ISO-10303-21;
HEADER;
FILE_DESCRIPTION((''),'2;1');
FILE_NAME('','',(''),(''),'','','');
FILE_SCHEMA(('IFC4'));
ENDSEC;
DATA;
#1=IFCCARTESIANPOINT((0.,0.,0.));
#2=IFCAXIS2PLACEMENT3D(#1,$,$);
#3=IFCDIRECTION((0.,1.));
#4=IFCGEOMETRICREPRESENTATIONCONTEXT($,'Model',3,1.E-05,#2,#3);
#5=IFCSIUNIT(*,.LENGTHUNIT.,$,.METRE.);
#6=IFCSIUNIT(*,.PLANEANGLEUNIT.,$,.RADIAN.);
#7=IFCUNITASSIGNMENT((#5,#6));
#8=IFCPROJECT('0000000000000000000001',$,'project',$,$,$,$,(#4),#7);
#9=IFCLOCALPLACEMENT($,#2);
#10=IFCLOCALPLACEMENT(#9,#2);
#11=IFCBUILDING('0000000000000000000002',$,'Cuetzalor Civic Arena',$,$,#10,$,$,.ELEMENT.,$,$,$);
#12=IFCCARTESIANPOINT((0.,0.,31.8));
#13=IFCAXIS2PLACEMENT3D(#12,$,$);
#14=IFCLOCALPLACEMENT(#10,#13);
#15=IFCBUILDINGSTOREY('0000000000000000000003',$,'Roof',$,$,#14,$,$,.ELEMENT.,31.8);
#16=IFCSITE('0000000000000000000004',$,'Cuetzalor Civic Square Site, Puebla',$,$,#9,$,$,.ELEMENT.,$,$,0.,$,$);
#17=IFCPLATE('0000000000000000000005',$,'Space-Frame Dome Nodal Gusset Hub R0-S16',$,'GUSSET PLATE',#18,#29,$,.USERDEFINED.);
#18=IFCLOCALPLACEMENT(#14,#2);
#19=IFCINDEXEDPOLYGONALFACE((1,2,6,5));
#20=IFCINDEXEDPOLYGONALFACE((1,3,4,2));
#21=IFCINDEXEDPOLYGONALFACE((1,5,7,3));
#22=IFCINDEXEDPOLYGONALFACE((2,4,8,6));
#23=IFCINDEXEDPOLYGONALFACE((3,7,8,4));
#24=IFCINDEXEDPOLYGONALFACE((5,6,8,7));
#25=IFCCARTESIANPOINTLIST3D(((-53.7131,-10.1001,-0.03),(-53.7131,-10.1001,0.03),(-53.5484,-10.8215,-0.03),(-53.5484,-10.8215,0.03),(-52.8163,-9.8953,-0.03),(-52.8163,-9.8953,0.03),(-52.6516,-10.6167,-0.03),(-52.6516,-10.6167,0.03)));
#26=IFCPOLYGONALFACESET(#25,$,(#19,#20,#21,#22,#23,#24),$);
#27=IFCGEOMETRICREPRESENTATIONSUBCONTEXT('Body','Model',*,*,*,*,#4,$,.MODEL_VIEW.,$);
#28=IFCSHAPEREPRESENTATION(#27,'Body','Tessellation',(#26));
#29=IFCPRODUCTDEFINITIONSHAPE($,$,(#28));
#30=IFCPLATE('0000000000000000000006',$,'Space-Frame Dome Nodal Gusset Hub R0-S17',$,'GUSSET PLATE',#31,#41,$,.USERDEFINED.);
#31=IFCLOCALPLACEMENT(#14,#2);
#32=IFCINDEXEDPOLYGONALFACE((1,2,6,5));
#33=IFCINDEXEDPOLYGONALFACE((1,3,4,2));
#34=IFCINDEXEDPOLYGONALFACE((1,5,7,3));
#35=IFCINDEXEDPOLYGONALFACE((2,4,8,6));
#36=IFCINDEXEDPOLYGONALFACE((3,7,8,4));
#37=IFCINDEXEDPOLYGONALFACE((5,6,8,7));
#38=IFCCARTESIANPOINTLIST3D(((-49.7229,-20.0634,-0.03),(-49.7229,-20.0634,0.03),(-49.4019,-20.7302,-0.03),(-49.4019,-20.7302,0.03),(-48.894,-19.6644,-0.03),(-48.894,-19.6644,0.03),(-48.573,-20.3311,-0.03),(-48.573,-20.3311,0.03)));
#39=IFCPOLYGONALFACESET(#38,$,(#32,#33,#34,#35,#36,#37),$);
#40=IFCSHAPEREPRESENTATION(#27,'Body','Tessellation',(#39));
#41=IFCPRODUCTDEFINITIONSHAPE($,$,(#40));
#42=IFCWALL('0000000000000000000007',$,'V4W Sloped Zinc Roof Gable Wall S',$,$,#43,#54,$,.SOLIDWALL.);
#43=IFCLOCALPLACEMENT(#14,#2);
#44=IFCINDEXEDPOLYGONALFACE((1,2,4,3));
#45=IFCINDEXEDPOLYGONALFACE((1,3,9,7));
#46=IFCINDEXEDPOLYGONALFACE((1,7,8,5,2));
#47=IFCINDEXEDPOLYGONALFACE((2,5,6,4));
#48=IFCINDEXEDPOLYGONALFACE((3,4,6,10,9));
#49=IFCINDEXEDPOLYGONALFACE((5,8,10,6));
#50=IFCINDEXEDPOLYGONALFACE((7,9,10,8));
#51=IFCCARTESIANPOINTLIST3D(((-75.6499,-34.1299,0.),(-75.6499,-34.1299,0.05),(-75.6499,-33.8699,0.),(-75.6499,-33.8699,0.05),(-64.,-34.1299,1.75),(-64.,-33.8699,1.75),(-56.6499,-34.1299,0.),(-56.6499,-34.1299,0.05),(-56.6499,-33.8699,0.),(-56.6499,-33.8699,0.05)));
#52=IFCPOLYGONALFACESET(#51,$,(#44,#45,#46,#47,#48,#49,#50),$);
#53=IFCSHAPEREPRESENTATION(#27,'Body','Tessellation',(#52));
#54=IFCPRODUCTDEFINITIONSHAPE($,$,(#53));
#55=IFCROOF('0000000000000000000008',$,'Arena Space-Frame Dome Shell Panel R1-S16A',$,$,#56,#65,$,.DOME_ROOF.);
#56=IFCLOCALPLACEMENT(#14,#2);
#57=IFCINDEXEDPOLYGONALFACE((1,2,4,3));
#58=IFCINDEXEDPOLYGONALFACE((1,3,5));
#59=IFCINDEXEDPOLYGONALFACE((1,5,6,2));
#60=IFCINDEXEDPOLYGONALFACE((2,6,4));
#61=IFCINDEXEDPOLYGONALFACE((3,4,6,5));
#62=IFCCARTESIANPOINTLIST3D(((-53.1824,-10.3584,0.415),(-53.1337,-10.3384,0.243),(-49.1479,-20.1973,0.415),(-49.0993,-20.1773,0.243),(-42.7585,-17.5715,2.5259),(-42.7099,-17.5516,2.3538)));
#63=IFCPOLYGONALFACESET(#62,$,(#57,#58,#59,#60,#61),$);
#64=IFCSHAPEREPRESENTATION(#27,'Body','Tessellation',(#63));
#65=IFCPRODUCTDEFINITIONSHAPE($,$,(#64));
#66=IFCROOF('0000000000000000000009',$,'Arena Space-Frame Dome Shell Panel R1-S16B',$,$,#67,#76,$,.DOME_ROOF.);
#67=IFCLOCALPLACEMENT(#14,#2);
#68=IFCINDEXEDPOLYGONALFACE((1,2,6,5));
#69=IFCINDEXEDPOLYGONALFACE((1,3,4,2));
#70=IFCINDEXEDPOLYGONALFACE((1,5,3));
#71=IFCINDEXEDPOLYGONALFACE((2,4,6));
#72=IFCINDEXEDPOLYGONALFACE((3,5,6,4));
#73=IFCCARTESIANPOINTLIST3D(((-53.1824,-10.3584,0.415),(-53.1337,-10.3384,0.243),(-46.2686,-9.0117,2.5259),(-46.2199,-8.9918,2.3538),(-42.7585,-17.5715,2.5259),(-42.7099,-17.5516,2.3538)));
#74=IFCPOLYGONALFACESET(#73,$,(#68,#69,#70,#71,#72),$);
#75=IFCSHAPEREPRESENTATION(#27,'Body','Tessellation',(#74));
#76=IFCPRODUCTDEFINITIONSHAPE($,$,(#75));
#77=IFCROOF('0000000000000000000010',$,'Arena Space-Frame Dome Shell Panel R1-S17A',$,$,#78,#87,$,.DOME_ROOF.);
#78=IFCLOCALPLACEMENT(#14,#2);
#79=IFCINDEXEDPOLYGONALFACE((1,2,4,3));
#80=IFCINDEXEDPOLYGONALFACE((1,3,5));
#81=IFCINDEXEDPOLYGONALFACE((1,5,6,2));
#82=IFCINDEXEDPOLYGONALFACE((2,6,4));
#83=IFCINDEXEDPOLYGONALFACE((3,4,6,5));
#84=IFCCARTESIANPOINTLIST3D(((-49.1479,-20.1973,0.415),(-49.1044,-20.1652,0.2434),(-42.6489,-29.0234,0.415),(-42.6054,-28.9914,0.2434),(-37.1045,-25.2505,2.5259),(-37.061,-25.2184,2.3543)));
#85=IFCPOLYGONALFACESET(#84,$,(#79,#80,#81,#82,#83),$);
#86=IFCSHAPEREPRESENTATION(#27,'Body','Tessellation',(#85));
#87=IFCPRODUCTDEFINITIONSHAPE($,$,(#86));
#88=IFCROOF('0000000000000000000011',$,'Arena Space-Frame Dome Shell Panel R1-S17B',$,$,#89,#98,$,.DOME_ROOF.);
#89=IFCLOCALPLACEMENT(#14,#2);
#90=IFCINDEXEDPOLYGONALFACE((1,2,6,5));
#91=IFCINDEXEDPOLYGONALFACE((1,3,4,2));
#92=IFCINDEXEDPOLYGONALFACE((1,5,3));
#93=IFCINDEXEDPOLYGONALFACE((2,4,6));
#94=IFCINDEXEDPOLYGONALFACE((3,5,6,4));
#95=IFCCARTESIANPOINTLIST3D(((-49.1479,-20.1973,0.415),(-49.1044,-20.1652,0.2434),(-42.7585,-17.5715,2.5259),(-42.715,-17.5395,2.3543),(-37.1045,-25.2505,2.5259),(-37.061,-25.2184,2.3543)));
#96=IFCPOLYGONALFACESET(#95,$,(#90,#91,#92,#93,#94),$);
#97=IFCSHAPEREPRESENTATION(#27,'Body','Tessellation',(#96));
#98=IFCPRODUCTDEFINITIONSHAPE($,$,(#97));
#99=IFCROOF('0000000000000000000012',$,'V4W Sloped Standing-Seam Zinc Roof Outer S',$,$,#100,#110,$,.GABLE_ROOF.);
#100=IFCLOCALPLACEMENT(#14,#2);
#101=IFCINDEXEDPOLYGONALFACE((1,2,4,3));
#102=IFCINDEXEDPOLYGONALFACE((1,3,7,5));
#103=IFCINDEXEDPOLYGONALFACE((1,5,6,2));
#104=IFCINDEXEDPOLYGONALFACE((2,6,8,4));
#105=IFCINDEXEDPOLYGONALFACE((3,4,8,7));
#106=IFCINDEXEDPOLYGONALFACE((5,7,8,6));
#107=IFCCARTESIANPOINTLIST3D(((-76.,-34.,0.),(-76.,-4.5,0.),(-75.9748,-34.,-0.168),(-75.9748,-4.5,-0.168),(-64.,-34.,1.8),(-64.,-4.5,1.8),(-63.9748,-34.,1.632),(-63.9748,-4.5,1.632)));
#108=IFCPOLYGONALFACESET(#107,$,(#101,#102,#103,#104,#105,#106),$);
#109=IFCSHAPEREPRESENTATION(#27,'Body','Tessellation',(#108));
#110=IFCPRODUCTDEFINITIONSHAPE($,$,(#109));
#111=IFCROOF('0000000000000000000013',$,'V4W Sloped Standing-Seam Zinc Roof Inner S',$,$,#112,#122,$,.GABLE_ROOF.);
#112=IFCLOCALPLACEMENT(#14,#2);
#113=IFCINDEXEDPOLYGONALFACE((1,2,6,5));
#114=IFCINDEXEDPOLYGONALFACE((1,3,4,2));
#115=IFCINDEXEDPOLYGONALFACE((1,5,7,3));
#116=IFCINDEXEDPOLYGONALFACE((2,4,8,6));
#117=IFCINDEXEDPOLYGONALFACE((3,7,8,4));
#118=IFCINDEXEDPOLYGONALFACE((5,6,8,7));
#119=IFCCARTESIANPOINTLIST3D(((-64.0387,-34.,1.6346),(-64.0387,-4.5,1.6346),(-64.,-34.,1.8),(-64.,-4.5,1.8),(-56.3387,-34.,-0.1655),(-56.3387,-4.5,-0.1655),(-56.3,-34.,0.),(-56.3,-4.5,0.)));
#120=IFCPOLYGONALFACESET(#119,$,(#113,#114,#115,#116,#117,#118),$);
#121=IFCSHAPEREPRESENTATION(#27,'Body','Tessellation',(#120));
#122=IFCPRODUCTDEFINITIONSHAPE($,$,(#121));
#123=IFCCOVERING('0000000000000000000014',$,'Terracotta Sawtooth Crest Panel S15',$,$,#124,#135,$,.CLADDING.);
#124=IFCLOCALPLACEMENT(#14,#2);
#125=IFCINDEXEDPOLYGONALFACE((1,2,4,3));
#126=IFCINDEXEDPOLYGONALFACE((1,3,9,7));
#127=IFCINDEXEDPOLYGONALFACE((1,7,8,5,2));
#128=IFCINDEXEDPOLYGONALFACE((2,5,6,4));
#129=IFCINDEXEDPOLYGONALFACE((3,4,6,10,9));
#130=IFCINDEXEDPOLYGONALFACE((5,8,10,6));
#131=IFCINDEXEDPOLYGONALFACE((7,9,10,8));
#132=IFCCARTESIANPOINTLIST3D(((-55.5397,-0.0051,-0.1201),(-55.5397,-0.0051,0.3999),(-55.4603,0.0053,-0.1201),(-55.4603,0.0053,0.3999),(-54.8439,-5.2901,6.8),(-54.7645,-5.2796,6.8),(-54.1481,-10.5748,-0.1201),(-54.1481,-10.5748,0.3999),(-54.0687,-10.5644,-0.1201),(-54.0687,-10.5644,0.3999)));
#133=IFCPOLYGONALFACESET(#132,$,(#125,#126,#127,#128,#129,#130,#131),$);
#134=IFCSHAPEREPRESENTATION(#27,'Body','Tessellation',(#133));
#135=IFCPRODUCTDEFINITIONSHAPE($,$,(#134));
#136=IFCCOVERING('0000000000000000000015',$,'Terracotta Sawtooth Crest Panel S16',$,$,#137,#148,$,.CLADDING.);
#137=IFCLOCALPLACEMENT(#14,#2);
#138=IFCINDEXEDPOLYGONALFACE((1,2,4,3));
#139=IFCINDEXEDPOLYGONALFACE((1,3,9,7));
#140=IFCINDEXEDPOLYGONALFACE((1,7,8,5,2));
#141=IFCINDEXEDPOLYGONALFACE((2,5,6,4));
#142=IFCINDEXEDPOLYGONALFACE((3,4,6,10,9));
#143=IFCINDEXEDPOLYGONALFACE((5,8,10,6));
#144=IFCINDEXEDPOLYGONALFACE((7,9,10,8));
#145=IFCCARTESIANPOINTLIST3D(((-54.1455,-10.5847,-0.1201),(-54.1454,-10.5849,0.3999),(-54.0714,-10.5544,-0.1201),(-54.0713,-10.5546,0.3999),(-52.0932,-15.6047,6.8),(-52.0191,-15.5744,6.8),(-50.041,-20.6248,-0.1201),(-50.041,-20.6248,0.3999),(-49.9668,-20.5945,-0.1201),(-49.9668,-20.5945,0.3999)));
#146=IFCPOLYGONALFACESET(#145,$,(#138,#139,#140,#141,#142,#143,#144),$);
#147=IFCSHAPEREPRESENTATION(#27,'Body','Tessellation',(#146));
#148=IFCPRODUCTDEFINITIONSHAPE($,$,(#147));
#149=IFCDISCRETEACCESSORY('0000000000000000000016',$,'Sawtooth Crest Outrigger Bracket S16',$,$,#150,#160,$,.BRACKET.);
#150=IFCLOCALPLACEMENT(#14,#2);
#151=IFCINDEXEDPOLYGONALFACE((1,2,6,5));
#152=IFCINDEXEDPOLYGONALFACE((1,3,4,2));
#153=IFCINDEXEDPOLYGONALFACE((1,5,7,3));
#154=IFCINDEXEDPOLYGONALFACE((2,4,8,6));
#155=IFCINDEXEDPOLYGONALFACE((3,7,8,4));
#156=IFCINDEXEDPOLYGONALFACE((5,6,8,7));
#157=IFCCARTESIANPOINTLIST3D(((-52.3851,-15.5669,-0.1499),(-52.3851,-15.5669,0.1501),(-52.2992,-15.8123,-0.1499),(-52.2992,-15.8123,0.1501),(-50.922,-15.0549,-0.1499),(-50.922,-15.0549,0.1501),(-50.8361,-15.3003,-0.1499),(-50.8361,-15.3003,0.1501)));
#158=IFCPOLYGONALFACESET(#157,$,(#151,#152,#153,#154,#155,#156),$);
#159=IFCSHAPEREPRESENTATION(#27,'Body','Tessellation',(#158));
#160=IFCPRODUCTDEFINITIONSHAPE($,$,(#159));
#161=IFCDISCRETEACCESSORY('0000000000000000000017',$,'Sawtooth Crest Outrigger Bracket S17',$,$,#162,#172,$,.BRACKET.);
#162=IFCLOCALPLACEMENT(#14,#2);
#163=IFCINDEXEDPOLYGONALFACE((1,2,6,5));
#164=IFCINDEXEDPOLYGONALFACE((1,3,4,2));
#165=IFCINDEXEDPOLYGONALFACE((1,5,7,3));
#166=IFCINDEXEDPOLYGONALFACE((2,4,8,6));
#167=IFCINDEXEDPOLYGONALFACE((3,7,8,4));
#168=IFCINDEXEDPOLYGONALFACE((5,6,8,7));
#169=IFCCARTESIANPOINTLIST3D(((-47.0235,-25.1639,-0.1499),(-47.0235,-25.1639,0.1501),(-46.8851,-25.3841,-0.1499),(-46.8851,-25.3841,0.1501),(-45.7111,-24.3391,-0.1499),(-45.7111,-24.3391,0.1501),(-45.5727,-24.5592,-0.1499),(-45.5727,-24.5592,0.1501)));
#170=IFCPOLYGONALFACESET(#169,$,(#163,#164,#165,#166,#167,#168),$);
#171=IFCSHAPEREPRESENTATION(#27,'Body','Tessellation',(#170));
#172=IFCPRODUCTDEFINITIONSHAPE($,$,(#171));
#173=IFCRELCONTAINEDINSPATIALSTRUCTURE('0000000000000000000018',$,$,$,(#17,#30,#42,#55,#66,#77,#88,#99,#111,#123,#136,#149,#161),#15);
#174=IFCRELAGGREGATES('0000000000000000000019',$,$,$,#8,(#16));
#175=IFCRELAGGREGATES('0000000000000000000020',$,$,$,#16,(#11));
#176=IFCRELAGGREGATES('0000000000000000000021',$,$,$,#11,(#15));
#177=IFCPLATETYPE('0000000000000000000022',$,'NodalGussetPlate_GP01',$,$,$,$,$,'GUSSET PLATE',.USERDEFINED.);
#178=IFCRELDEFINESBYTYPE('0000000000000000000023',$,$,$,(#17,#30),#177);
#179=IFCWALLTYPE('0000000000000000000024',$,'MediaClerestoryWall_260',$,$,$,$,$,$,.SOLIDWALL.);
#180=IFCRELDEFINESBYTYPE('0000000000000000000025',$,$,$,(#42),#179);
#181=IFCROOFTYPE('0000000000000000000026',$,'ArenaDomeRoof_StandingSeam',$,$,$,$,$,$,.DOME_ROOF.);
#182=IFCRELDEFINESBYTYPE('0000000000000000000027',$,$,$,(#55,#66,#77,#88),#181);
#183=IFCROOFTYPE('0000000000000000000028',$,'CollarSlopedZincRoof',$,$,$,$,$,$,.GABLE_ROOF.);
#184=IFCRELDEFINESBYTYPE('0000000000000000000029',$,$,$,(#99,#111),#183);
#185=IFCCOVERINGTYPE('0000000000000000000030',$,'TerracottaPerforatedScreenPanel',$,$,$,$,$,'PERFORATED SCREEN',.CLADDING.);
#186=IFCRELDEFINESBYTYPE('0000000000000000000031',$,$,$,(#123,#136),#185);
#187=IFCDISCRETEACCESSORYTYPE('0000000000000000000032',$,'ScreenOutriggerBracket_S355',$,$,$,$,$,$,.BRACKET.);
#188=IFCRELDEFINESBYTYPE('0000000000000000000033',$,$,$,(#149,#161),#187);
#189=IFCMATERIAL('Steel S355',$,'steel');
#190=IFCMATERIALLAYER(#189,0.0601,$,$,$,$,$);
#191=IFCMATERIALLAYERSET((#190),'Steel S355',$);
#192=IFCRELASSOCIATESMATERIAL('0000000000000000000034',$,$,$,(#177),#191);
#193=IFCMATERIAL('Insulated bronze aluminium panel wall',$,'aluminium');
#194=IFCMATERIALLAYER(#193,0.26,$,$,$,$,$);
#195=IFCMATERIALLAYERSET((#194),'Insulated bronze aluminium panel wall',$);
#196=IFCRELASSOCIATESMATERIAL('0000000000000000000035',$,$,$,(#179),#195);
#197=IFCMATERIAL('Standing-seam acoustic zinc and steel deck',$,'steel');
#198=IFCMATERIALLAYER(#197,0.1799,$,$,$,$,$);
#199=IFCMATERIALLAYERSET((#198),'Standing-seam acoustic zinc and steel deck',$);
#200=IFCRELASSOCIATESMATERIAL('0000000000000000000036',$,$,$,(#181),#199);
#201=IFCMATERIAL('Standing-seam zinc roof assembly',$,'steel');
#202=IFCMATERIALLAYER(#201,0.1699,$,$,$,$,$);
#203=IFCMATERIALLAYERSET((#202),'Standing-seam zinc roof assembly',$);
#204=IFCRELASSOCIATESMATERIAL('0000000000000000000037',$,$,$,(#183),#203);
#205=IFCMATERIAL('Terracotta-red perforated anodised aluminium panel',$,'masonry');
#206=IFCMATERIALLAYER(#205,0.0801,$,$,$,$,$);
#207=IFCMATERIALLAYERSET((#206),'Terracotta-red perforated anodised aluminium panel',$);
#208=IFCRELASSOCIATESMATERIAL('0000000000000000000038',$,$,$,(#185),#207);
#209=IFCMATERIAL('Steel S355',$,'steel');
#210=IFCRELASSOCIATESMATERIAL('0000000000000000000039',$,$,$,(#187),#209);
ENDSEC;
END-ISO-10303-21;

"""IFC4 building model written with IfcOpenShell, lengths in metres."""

from ifc_helpers import new_model, si_unit, direction, frame, origin, origin_2d, place, context, subcontext, project, spatial, polyline, rectangle, outline, extrude, material, layer, layer_set, type_object, element, save


model = new_model("IFC4")

# Units and contexts
model_context = context("Model", 3, precision=1e-05, world=origin(), true_north=direction((0.0, 1.0)))
body_context = subcontext(model_context, "Body", "Model", "MODEL_VIEW")
ifc_project = project(units=[si_unit("LENGTHUNIT", "METRE"), si_unit("PLANEANGLEUNIT", "RADIAN")], contexts=[model_context])

# Site, building, storey
site_placement = place(None, origin())
site = spatial("IfcSite", under=ifc_project, at=site_placement, Name="Cuetzalor Civic Square Site, Puebla", CompositionType="ELEMENT", RefElevation=0.0)
building_placement = place(site_placement, origin())
building = spatial("IfcBuilding", under=site, at=building_placement, Name="Cuetzalor Civic Arena", CompositionType="ELEMENT")
storey_placement = place(building_placement, frame((0.0, 0.0, 31.8)))
storey = spatial("IfcBuildingStorey", under=building, at=storey_placement, Name="Roof", CompositionType="ELEMENT", Elevation=31.8)

# Plates
ifc_material_1 = material(Name="Steel S355", Category="steel")
ifc_layer_1 = layer(ifc_material_1, 0.0601)
ifc_layer_set_1 = layer_set([ifc_layer_1], Name="Steel S355")
plate_type = type_object("IfcPlateType", Name="NodalGussetPlate_GP01", ElementType="GUSSET PLATE", PredefinedType="USERDEFINED", material=ifc_layer_set_1)
for number, where, z_axis, x_axis, name in (
    (1, (-53.1824, -10.3584, -0.03), (0.0, 0.0, 1.0), (-0.974917, -0.22257, 0.0), "Space-Frame Dome Nodal Gusset Hub R0-S16"),
    (2, (-49.1479, -20.1973, -0.03), (0.0, 0.0, 1.0), (-0.901001, -0.433816, 0.0), "Space-Frame Dome Nodal Gusset Hub R0-S17"),
):
    element("IfcPlate", number, at=place(storey_placement, frame(where, z_axis=z_axis, x_axis=x_axis)), inside=storey, type_object=plate_type, Name=name, ObjectType="GUSSET PLATE", PredefinedType="USERDEFINED", context=body_context, shape_type="SweptSolid", body=[
        extrude(rectangle(XDim=0.9199, YDim=0.74, at=origin_2d()), origin(), (0.0, 0.0, 1.0), 0.0601),
    ])

# Wall
ifc_material_2 = material(Name="Insulated bronze aluminium panel wall", Category="aluminium")
ifc_layer_2 = layer(ifc_material_2, 0.26)
ifc_layer_set_2 = layer_set([ifc_layer_2], Name="Insulated bronze aluminium panel wall")
wall_type = type_object("IfcWallType", Name="MediaClerestoryWall_260", PredefinedType="SOLIDWALL", material=ifc_layer_set_2)
wall_placement = place(storey_placement, frame((-56.6499, -34.0, 0.0), z_axis=(0.0, 0.0, 1.0), x_axis=(-1.0, 0.0, 0.0)))
element("IfcWall", 3, at=wall_placement, inside=storey, type_object=wall_type, Name="V4W Sloped Zinc Roof Gable Wall S", PredefinedType="SOLIDWALL", context=body_context, shape_type="SweptSolid", body=[
    extrude(outline(polyline([(0.0, 0.0), (19.0, 0.0), (19.0, 0.05), (7.3501, 1.75), (0.0, 0.05), (0.0, 0.0)])), frame((0.0, 0.1299, 0.0), z_axis=(0.0, -1.0, 0.0), x_axis=(1.0, 0.0, 0.0)), (0.0, 0.0, 1.0), 0.26),
])

# Roofs
ifc_material_3 = material(Name="Standing-seam acoustic zinc and steel deck", Category="steel")
ifc_layer_3 = layer(ifc_material_3, 0.1799)
ifc_layer_set_3 = layer_set([ifc_layer_3], Name="Standing-seam acoustic zinc and steel deck")
roof_type_1 = type_object("IfcRoofType", Name="ArenaDomeRoof_StandingSeam", PredefinedType="DOME_ROOF", material=ifc_layer_set_3)
roof_1_placement = place(storey_placement, frame((-53.1824, -10.3584, 0.415), z_axis=(-0.270382, -0.11087, 0.956348), x_axis=(0.379393, -0.925236, 0.0)))
element("IfcRoof", 4, at=roof_1_placement, inside=storey, type_object=roof_type_1, Name="Arena Space-Frame Dome Shell Panel R1-S16A", PredefinedType="DOME_ROOF", context=body_context, shape_type="SweptSolid", body=[
    extrude(outline(polyline([(0.0, 0.0), (10.6339, 0.0), (10.6286, 7.2232), (0.0, 0.0)])), origin(), (0.0, 0.0, -1.0), 0.1799),
])
roof_2_placement = place(storey_placement, frame((-53.1824, -10.3584, 0.415), z_axis=(-0.270384, -0.110873, 0.956347), x_axis=(0.811147, -0.561302, 0.164258)))
element("IfcRoof", 5, at=roof_2_placement, inside=storey, type_object=roof_type_1, Name="Arena Space-Frame Dome Shell Panel R1-S16B", PredefinedType="DOME_ROOF", context=body_context, shape_type="SweptSolid", body=[
    extrude(outline(polyline([(0.0, 0.0), (12.8507, 0.0), (5.199, 5.2001), (0.0, 0.0)])), origin(), (0.0, 0.0, -1.0), 0.1799),
])
roof_3_placement = place(storey_placement, frame((-49.1479, -20.1973, 0.415), z_axis=(-0.241912, -0.178128, 0.953808), x_axis=(0.592935, -0.805251, 0.0)))
element("IfcRoof", 6, at=roof_3_placement, inside=storey, type_object=roof_type_1, Name="Arena Space-Frame Dome Shell Panel R1-S17A", PredefinedType="DOME_ROOF", context=body_context, shape_type="SweptSolid", body=[
    extrude(outline(polyline([(0.0, 0.0), (10.9608, 0.0), (11.2101, 7.0263), (0.0, 0.0)])), origin(), (0.0, 0.0, -1.0), 0.1799),
])
roof_4_placement = place(storey_placement, frame((-49.1479, -20.1973, 0.415), z_axis=(-0.241908, -0.178118, 0.95381), x_axis=(0.910307, -0.381949, 0.159548)))
element("IfcRoof", 7, at=roof_4_placement, inside=storey, type_object=roof_type_1, Name="Arena Space-Frame Dome Shell Panel R1-S17B", PredefinedType="DOME_ROOF", context=body_context, shape_type="SweptSolid", body=[
    extrude(outline(polyline([(0.0, 0.0), (13.2301, 0.0), (5.1502, 5.0646), (0.0, 0.0)])), origin(), (0.0, 0.0, -1.0), 0.1799),
])
ifc_material_4 = material(Name="Standing-seam zinc roof assembly", Category="steel")
ifc_layer_4 = layer(ifc_material_4, 0.1699)
ifc_layer_set_4 = layer_set([ifc_layer_4], Name="Standing-seam zinc roof assembly")
roof_type_2 = type_object("IfcRoofType", Name="CollarSlopedZincRoof", PredefinedType="GABLE_ROOF", material=ifc_layer_set_4)
roof_5_placement = place(storey_placement, frame((-76.0, -34.0, 0.0), z_axis=(-0.148344, 0.0, 0.988936), x_axis=(0.988936, 0.0, 0.148344)))
element("IfcRoof", 8, at=roof_5_placement, inside=storey, type_object=roof_type_2, Name="V4W Sloped Standing-Seam Zinc Roof Outer S", PredefinedType="GABLE_ROOF", context=body_context, shape_type="SweptSolid", body=[
    extrude(outline(polyline([(0.0, 0.0), (12.1343, 0.0), (12.1343, 29.5), (0.0, 29.5), (0.0, 0.0)])), origin(), (0.0, 0.0, -1.0), 0.1699),
])
roof_6_placement = place(storey_placement, frame((-64.0, -34.0, 1.8), z_axis=(0.227637, 0.0, 0.973746), x_axis=(0.973746, 0.0, -0.227637)))
element("IfcRoof", 9, at=roof_6_placement, inside=storey, type_object=roof_type_2, Name="V4W Sloped Standing-Seam Zinc Roof Inner S", PredefinedType="GABLE_ROOF", context=body_context, shape_type="SweptSolid", body=[
    extrude(outline(polyline([(0.0, 0.0), (7.9076, 0.0), (7.9076, 29.5), (0.0, 29.5), (0.0, 0.0)])), origin(), (0.0, 0.0, -1.0), 0.1699),
])

# Coverings
ifc_material_5 = material(Name="Terracotta-red perforated anodised aluminium panel", Category="masonry")
ifc_layer_5 = layer(ifc_material_5, 0.0801)
ifc_layer_set_5 = layer_set([ifc_layer_5], Name="Terracotta-red perforated anodised aluminium panel")
covering_type = type_object("IfcCoveringType", Name="TerracottaPerforatedScreenPanel", ElementType="PERFORATED SCREEN", PredefinedType="CLADDING", material=ifc_layer_set_5)
covering_1_placement = place(storey_placement, frame((-54.1084, -10.5696, -0.1201), z_axis=(0.0, 0.0, 1.0), x_axis=(-0.130534, 0.991444, 0.0)))
element("IfcCovering", 10, at=covering_1_placement, inside=storey, type_object=covering_type, Name="Terracotta Sawtooth Crest Panel S15", PredefinedType="CLADDING", context=body_context, shape_type="SweptSolid", body=[
    extrude(outline(polyline([(0.0, 0.0), (10.6609, 0.0), (10.6609, 0.52), (5.3303, 6.9202), (0.0, 0.52), (0.0, 0.0)])), frame((0.0, 0.04, 0.0), z_axis=(0.0, -1.0, 0.0), x_axis=(1.0, 0.0, 0.0)), (0.0, 0.0, 1.0), 0.0801),
])
covering_2_placement = place(storey_placement, frame((-50.0039, -20.6096, -0.1201), z_axis=(0.0, 0.0, 1.0), x_axis=(-0.378412, 0.925637, 0.0)))
element("IfcCovering", 11, at=covering_2_placement, inside=storey, type_object=covering_type, Name="Terracotta Sawtooth Crest Panel S16", PredefinedType="CLADDING", context=body_context, shape_type="SweptSolid", body=[
    extrude(outline(polyline([(0.0, 0.0), (10.8467, 0.0), (10.8464, 0.52), (5.4233, 6.9202), (0.0, 0.52), (0.0, 0.0)])), frame((0.0, 0.04, 0.0), z_axis=(0.0, -1.0, 0.0), x_axis=(1.0, 0.0, 0.0)), (0.0, 0.0, 1.0), 0.0801),
])

# Discrete accessories
ifc_material_6 = material(Name="Steel S355", Category="steel")
discrete_accessory_type = type_object("IfcDiscreteAccessoryType", Name="ScreenOutriggerBracket_S355", PredefinedType="BRACKET", material=ifc_material_6)
for number, where, z_axis, x_axis, name in (
    (12, (-51.6106, -15.4336, -0.1499), (0.0, 0.0, 1.0), (-0.943859, -0.33035, 0.0), "Sawtooth Crest Outrigger Bracket S16"),
    (13, (-46.2981, -24.8616, -0.1499), (0.0, 0.0, 1.0), (-0.846658, -0.532138, 0.0), "Sawtooth Crest Outrigger Bracket S17"),
):
    element("IfcDiscreteAccessory", number, at=place(storey_placement, frame(where, z_axis=z_axis, x_axis=x_axis)), inside=storey, type_object=discrete_accessory_type, Name=name, PredefinedType="BRACKET", context=body_context, shape_type="SweptSolid", body=[
        extrude(rectangle(XDim=1.55, YDim=0.26, at=origin_2d()), origin(), (0.0, 0.0, 1.0), 0.3),
    ])

save(model, "model.ifc")
